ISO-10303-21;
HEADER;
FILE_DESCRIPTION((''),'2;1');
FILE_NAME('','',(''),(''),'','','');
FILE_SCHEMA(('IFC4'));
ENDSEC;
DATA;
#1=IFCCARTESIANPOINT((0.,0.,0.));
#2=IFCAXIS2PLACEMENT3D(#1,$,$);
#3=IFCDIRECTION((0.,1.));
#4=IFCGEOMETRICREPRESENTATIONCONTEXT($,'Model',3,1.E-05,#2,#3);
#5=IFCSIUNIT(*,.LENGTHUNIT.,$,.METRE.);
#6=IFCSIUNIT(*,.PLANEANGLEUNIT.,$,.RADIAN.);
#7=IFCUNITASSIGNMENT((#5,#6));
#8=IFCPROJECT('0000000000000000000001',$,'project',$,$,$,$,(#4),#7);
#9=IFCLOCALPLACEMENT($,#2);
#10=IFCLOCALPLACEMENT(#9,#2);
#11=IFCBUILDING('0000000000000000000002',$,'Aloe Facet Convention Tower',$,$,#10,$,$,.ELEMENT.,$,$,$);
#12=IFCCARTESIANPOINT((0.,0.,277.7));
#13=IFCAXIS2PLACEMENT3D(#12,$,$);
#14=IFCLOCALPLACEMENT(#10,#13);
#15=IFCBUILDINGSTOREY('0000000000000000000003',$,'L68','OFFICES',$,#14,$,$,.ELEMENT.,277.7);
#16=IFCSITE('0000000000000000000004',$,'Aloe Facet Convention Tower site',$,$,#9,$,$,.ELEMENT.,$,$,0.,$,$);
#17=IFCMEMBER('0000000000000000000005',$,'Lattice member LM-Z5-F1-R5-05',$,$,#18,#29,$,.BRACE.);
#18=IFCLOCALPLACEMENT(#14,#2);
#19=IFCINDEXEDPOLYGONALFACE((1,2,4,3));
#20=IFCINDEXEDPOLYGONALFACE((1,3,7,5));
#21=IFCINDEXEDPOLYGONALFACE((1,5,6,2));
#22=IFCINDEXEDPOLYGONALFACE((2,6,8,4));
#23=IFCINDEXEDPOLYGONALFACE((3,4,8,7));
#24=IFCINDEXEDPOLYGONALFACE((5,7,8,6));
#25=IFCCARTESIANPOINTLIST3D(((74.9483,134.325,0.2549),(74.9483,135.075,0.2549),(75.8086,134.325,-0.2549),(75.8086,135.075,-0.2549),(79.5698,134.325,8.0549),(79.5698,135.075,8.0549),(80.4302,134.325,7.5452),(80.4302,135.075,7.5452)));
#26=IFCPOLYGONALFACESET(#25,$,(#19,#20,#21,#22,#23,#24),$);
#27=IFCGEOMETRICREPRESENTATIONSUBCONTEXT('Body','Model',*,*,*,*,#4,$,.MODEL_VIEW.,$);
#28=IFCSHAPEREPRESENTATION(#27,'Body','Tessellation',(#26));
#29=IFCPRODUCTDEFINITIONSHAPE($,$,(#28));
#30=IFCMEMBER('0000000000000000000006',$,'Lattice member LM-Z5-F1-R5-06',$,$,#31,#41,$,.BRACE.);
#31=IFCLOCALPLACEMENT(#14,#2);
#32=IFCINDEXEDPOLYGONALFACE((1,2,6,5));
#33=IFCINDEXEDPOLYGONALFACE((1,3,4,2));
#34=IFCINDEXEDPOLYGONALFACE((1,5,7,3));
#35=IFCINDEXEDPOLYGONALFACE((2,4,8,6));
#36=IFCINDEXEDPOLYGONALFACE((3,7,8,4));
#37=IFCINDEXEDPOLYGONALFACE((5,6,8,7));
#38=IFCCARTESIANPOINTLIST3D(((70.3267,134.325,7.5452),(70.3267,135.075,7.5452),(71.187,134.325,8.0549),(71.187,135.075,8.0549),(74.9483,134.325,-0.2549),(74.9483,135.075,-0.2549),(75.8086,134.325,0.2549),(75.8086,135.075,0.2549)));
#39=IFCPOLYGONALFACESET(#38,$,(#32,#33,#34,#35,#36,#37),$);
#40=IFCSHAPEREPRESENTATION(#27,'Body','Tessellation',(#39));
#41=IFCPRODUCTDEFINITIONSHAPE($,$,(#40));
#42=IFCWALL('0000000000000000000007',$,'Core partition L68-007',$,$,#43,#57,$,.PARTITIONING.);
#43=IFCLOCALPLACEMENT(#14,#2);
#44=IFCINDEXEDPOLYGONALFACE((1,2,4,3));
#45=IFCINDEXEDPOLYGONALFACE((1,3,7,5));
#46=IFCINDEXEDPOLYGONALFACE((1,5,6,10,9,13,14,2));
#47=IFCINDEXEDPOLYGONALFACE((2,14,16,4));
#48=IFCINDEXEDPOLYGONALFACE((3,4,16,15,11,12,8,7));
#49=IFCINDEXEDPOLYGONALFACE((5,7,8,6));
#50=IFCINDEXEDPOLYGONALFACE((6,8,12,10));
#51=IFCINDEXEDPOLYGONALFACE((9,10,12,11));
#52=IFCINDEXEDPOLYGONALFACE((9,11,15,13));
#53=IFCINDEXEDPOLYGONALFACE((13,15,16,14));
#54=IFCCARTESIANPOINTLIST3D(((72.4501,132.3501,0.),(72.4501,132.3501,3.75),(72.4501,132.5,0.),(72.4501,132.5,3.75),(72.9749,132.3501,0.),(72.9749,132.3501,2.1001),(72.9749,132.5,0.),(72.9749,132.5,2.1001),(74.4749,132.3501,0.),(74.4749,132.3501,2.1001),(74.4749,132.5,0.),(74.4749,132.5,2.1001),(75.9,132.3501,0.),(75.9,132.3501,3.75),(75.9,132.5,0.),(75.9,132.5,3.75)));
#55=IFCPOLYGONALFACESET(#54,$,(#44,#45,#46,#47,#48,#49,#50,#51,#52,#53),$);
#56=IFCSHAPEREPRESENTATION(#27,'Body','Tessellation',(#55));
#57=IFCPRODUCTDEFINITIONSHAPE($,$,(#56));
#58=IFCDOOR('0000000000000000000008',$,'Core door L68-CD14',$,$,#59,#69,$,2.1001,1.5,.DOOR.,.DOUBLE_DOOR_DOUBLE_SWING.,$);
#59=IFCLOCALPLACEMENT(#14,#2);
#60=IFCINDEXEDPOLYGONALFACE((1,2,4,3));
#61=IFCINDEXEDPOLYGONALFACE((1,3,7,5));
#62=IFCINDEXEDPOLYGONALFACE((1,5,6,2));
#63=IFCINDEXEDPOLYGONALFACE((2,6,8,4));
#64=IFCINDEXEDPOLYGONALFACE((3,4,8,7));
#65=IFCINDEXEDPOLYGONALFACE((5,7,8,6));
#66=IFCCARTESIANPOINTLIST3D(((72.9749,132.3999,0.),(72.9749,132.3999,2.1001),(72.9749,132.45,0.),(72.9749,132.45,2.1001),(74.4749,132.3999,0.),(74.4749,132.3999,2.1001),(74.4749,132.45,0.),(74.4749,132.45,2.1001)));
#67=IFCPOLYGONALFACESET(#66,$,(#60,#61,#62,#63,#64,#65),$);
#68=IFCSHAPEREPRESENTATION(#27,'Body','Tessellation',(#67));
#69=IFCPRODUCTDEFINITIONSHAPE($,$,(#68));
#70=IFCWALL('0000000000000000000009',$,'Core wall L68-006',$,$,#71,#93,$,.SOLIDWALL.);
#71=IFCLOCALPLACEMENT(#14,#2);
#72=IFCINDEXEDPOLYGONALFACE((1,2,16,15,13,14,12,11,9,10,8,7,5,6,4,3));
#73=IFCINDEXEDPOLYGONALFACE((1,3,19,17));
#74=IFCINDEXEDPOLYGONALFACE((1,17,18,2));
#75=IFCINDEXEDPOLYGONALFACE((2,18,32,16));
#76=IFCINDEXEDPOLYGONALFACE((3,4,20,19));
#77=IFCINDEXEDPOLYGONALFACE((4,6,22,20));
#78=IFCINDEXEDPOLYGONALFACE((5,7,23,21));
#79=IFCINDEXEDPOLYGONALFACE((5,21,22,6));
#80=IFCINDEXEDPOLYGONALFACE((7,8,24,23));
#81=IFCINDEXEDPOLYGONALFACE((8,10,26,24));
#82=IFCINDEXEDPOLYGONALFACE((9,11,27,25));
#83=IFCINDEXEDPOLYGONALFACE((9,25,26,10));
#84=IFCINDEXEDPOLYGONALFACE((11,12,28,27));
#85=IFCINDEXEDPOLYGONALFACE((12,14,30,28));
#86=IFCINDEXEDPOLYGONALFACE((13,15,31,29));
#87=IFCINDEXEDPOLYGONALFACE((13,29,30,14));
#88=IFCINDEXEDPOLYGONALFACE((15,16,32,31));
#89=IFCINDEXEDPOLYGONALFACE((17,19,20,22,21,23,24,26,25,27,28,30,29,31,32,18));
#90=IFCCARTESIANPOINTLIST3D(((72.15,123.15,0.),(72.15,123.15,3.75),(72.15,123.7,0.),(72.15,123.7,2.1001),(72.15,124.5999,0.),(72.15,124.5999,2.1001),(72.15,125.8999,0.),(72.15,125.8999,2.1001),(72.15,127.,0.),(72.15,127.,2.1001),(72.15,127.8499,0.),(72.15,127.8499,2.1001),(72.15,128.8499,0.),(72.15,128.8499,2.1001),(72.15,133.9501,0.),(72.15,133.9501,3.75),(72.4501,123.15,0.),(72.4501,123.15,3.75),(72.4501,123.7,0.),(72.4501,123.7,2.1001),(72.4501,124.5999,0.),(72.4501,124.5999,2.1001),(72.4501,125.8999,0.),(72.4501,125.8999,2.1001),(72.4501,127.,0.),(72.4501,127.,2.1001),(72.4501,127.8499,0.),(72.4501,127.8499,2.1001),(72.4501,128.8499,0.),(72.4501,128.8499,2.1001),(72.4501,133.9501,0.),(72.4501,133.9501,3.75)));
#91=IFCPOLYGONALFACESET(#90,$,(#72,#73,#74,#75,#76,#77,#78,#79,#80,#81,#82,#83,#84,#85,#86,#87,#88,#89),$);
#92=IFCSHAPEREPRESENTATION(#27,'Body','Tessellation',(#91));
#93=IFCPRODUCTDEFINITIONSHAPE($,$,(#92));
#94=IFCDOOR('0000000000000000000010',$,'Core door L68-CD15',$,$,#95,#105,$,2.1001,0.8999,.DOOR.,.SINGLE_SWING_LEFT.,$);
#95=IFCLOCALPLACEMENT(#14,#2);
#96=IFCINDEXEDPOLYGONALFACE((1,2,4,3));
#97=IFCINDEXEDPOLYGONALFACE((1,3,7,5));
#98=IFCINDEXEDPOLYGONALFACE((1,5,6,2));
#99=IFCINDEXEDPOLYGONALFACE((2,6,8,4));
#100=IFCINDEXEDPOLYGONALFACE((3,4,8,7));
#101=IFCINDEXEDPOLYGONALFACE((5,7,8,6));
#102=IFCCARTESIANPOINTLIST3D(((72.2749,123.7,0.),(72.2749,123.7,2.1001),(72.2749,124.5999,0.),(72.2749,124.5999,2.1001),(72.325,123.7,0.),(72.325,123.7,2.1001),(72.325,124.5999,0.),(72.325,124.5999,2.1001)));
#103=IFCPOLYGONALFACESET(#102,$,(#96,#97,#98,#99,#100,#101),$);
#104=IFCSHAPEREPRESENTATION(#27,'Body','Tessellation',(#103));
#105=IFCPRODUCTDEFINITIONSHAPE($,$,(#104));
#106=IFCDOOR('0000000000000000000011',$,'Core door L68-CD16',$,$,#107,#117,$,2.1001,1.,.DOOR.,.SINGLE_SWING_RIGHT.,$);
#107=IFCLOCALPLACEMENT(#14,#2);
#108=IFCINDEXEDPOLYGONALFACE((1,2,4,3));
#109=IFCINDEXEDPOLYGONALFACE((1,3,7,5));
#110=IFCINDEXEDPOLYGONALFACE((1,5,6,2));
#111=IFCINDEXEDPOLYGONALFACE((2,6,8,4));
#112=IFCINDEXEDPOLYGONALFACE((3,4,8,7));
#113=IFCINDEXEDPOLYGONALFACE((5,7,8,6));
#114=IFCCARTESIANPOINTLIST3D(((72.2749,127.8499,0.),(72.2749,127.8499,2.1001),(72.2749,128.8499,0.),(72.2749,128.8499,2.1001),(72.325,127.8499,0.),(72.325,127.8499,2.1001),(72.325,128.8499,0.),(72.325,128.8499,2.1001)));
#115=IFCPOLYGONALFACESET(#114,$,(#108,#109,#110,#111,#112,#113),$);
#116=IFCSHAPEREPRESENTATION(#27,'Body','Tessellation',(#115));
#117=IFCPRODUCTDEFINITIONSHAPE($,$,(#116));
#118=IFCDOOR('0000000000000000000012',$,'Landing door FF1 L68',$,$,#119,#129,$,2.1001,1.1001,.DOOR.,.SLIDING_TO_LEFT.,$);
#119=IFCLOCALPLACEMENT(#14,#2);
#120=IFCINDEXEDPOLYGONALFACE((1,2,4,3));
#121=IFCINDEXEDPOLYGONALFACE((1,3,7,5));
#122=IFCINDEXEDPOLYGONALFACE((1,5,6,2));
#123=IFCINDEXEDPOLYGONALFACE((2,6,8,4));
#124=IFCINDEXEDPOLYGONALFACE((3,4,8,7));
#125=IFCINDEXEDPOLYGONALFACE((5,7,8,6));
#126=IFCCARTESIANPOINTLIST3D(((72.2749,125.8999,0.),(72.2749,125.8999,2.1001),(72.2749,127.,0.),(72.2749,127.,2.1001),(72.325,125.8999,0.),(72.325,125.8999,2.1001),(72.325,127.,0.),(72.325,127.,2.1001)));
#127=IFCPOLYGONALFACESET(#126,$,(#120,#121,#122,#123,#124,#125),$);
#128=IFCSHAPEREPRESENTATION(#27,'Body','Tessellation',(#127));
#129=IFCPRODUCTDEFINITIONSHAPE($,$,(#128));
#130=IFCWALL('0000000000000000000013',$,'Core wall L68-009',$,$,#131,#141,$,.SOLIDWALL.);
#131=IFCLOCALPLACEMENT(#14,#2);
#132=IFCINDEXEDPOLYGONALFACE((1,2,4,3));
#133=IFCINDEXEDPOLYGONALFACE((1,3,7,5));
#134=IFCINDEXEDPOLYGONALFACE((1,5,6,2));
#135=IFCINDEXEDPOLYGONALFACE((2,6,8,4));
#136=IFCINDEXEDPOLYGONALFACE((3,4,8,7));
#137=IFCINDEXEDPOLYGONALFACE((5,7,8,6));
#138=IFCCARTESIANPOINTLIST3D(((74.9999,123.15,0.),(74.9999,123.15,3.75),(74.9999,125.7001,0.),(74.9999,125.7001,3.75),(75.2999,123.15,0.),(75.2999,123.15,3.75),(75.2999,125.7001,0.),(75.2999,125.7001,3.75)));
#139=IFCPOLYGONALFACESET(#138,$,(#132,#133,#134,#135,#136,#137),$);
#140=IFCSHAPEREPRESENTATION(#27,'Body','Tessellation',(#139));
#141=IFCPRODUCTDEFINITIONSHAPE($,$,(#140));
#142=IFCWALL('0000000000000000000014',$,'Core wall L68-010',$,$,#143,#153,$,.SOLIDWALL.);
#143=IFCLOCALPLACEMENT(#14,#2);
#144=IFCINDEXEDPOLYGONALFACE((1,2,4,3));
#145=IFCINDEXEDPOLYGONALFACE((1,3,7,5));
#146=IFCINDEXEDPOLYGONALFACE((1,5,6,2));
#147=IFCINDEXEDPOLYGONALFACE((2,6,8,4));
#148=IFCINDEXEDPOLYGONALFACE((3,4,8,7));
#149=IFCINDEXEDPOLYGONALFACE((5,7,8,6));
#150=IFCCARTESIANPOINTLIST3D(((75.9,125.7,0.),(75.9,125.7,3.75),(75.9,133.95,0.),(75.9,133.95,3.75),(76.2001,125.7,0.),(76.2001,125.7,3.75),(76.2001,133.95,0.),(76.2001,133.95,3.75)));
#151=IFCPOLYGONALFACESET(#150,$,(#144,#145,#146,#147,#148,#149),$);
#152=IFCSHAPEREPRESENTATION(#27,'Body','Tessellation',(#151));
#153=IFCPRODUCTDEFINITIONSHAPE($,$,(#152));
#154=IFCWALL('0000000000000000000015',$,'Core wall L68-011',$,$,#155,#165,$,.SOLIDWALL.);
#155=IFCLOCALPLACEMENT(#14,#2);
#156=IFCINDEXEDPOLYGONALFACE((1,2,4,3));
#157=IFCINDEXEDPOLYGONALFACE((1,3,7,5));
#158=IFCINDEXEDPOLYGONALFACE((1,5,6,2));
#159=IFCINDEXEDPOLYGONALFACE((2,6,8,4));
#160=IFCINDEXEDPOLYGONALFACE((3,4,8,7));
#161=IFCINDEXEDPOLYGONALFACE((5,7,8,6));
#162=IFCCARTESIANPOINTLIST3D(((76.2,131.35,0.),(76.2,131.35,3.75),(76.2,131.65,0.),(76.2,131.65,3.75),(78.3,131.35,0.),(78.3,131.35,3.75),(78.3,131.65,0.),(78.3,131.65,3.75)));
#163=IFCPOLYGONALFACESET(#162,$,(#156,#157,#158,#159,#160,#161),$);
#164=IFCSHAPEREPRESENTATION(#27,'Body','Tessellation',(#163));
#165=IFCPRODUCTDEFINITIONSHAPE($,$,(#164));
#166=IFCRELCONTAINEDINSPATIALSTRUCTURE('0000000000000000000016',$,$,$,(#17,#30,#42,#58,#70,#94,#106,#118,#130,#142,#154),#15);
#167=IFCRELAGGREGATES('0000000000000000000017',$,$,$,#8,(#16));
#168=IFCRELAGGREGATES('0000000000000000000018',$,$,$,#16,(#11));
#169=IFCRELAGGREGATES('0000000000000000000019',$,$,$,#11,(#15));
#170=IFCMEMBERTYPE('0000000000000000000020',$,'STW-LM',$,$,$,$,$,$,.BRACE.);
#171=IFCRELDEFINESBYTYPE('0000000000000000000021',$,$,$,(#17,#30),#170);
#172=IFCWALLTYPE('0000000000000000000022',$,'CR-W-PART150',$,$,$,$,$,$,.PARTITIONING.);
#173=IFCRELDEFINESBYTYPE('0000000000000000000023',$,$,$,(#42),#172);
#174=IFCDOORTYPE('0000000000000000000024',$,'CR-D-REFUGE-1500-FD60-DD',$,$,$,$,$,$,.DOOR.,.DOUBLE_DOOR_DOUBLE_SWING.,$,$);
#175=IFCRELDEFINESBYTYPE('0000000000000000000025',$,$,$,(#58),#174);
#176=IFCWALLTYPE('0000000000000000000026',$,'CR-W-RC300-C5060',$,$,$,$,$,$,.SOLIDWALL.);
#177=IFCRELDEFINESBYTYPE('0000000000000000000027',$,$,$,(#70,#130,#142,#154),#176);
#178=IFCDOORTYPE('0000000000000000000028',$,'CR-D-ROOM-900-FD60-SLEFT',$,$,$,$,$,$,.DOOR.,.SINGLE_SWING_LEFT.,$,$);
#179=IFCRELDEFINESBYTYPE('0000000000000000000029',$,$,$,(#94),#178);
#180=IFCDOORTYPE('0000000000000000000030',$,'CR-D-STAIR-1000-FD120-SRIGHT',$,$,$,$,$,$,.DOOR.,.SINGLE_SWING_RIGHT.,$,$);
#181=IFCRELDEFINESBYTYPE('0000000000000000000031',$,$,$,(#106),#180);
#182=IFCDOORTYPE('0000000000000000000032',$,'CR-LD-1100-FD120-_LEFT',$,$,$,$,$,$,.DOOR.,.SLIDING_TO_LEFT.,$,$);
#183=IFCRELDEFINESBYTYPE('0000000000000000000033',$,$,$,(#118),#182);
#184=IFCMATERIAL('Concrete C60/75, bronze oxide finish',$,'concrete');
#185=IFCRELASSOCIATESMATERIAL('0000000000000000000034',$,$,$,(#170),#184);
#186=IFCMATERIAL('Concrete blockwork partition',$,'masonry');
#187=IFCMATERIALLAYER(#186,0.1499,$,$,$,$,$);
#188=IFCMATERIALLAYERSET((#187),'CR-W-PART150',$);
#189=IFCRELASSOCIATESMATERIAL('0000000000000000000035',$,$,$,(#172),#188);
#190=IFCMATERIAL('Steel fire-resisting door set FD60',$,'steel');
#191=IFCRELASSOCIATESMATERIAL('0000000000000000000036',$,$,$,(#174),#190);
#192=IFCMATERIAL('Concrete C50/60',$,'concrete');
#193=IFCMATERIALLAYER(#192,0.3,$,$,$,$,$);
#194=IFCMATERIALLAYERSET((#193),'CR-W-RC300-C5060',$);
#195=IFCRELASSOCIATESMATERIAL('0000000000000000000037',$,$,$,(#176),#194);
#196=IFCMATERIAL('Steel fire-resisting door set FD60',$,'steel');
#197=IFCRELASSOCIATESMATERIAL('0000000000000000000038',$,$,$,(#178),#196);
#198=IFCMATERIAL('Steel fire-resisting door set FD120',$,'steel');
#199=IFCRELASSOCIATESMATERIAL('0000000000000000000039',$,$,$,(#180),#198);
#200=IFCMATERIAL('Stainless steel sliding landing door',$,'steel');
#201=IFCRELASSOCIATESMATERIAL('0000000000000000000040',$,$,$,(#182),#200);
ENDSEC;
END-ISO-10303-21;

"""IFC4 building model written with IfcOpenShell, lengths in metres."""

from ifc_helpers import new_model, si_unit, direction, frame, frame_2d, origin, origin_2d, place, context, subcontext, project, spatial, rectangle, extrude, material, layer, layer_set, material_profile, profile_set, type_object, element, fill, save


model = new_model("IFC4")

# Units and contexts
model_context = context("Model", 3, precision=1e-05, world=origin(), true_north=direction((0.0, 1.0)))
body_context = subcontext(model_context, "Body", "Model", "MODEL_VIEW")
ifc_project = project(units=[si_unit("LENGTHUNIT", "METRE"), si_unit("PLANEANGLEUNIT", "RADIAN")], contexts=[model_context])

# Site, building, storey
site_placement = place(None, origin())
site = spatial("IfcSite", under=ifc_project, at=site_placement, Name="Aloe Facet Convention Tower site", CompositionType="ELEMENT", RefElevation=0.0)
building_placement = place(site_placement, origin())
building = spatial("IfcBuilding", under=site, at=building_placement, Name="Aloe Facet Convention Tower", CompositionType="ELEMENT")
storey_placement = place(building_placement, frame((0.0, 0.0, 277.7)))
storey = spatial("IfcBuildingStorey", under=building, at=storey_placement, Name="L68", Description="OFFICES", CompositionType="ELEMENT", Elevation=277.7)

# Members
ifc_material_1 = material(Name="Concrete C60/75, bronze oxide finish", Category="concrete")
ifc_material_profile = material_profile(ifc_material_1, rectangle(XDim=0.75, YDim=1.0, at=origin_2d()), Name="STW-LM")
ifc_profile_set = profile_set([ifc_material_profile], Name="Concrete C60/75, bronze oxide finish")
member_type = type_object("IfcMemberType", Name="STW-LM", PredefinedType="BRACE", material=ifc_profile_set)
for number, where, z_axis, x_axis, name in (
    (1, (75.3784, 134.7, 0.0), (0.509748, 0.0, 0.860324), (0.0, 1.0, 0.0), "Lattice member LM-Z5-F1-R5-05"),
    (2, (75.3784, 134.7, 0.0), (-0.509748, 0.0, 0.860324), (0.0, -1.0, 0.0), "Lattice member LM-Z5-F1-R5-06"),
):
    element("IfcMember", number, at=place(storey_placement, frame(where, z_axis=z_axis, x_axis=x_axis)), inside=storey, type_object=member_type, Name=name, PredefinedType="BRACE", context=body_context, shape_type="SweptSolid", body=[
        extrude(rectangle(XDim=0.75, YDim=1.0, at=origin_2d()), origin(), (0.0, 0.0, 1.0), 9.0664),
    ])

# Wall, opening, door
ifc_material_2 = material(Name="Concrete blockwork partition", Category="masonry")
ifc_layer_1 = layer(ifc_material_2, 0.1499)
ifc_layer_set_1 = layer_set([ifc_layer_1], Name="CR-W-PART150")
wall_type_1 = type_object("IfcWallType", Name="CR-W-PART150", PredefinedType="PARTITIONING", material=ifc_layer_set_1)
wall_1_placement = place(storey_placement, frame((72.45, 132.425, 0.0), z_axis=(0.0, 0.0, 1.0), x_axis=(1.0, 0.0, 0.0)))
wall_1 = element("IfcWall", 3, at=wall_1_placement, inside=storey, type_object=wall_type_1, Name="Core partition L68-007", PredefinedType="PARTITIONING", context=body_context, shape_type="SweptSolid", body=[
    extrude(rectangle(XDim=3.45, YDim=0.1499, at=frame_2d((1.7251, 0.0))), origin(), (0.0, 0.0, 1.0), 3.75),
])
opening_1_placement = place(wall_1_placement, frame((0.5249, 0.0, 0.0)))
opening_1 = element("IfcOpeningElement", 4, at=opening_1_placement, cuts=wall_1, PredefinedType="OPENING", context=body_context, shape_type="SweptSolid", body=[
    extrude(rectangle(XDim=1.5, YDim=2.1001, at=frame_2d((0.75, 1.05))), frame((0.0, 0.085, 0.0), z_axis=(0.0, -1.0, 0.0), x_axis=(1.0, 0.0, 0.0)), (0.0, 0.0, 1.0), 0.1699),
])
ifc_material_3 = material(Name="Steel fire-resisting door set FD60", Category="steel")
door_type_1 = type_object("IfcDoorType", Name="CR-D-REFUGE-1500-FD60-DD", OperationType="DOUBLE_DOOR_DOUBLE_SWING", PredefinedType="DOOR", material=ifc_material_3)
door_1_placement = place(opening_1_placement, origin())
door_1 = element("IfcDoor", 5, at=door_1_placement, inside=storey, type_object=door_type_1, Name="Core door L68-CD14", OperationType="DOUBLE_DOOR_DOUBLE_SWING", OverallHeight=2.1001, OverallWidth=1.5, PredefinedType="DOOR", context=body_context, shape_type="SweptSolid", body=[
    extrude(rectangle(XDim=1.5, YDim=2.1001, at=frame_2d((0.75, 1.05))), frame((0.0, 0.0249, 0.0), z_axis=(0.0, -1.0, 0.0), x_axis=(1.0, 0.0, 0.0)), (0.0, 0.0, 1.0), 0.05),
])
fill(opening_1, door_1)

# Wall, openings, doors
ifc_material_4 = material(Name="Concrete C50/60", Category="concrete")
ifc_layer_2 = layer(ifc_material_4, 0.3)
ifc_layer_set_2 = layer_set([ifc_layer_2], Name="CR-W-RC300-C5060")
wall_type_2 = type_object("IfcWallType", Name="CR-W-RC300-C5060", PredefinedType="SOLIDWALL", material=ifc_layer_set_2)
wall_2_placement = place(storey_placement, frame((72.3, 133.95, 0.0), z_axis=(0.0, 0.0, 1.0), x_axis=(0.0, -1.0, 0.0)))
wall_2 = element("IfcWall", 6, at=wall_2_placement, inside=storey, type_object=wall_type_2, Name="Core wall L68-006", PredefinedType="SOLIDWALL", context=body_context, shape_type="SweptSolid", body=[
    extrude(rectangle(XDim=10.8, YDim=0.3, at=frame_2d((5.3999, 0.0))), origin(), (0.0, 0.0, 1.0), 3.75),
])
opening_2_placement = place(wall_2_placement, frame((6.95, 0.0, 0.0)))
opening_2 = element("IfcOpeningElement", 7, at=opening_2_placement, cuts=wall_2, PredefinedType="OPENING", context=body_context, shape_type="SweptSolid", body=[
    extrude(rectangle(XDim=1.1001, YDim=2.1001, at=frame_2d((0.55, 1.05))), frame((0.0, 0.1602, 0.0), z_axis=(0.0, -1.0, 0.0), x_axis=(1.0, 0.0, 0.0)), (0.0, 0.0, 1.0), 0.3201),
])
opening_3_placement = place(wall_2_placement, frame((9.3501, 0.0, 0.0)))
opening_3 = element("IfcOpeningElement", 8, at=opening_3_placement, cuts=wall_2, PredefinedType="OPENING", context=body_context, shape_type="SweptSolid", body=[
    extrude(rectangle(XDim=0.8999, YDim=2.1001, at=frame_2d((0.45, 1.05))), frame((0.0, 0.1602, 0.0), z_axis=(0.0, -1.0, 0.0), x_axis=(1.0, 0.0, 0.0)), (0.0, 0.0, 1.0), 0.3201),
])
opening_4_placement = place(wall_2_placement, frame((5.1001, 0.0, 0.0)))
opening_4 = element("IfcOpeningElement", 9, at=opening_4_placement, cuts=wall_2, PredefinedType="OPENING", context=body_context, shape_type="SweptSolid", body=[
    extrude(rectangle(XDim=1.0, YDim=2.1001, at=frame_2d((0.5, 1.05))), frame((0.0, 0.1602, 0.0), z_axis=(0.0, -1.0, 0.0), x_axis=(1.0, 0.0, 0.0)), (0.0, 0.0, 1.0), 0.3201),
])
ifc_material_5 = material(Name="Steel fire-resisting door set FD60", Category="steel")
door_type_2 = type_object("IfcDoorType", Name="CR-D-ROOM-900-FD60-SLEFT", OperationType="SINGLE_SWING_LEFT", PredefinedType="DOOR", material=ifc_material_5)
door_2_placement = place(opening_3_placement, origin())
door_2 = element("IfcDoor", 10, at=door_2_placement, inside=storey, type_object=door_type_2, Name="Core door L68-CD15", OperationType="SINGLE_SWING_LEFT", OverallHeight=2.1001, OverallWidth=0.8999, PredefinedType="DOOR", context=body_context, shape_type="SweptSolid", body=[
    extrude(rectangle(XDim=0.8999, YDim=2.1001, at=frame_2d((0.45, 1.05))), frame((0.0, 0.0249, 0.0), z_axis=(0.0, -1.0, 0.0), x_axis=(1.0, 0.0, 0.0)), (0.0, 0.0, 1.0), 0.05),
])
fill(opening_3, door_2)
ifc_material_6 = material(Name="Steel fire-resisting door set FD120", Category="steel")
door_type_3 = type_object("IfcDoorType", Name="CR-D-STAIR-1000-FD120-SRIGHT", OperationType="SINGLE_SWING_RIGHT", PredefinedType="DOOR", material=ifc_material_6)
door_3_placement = place(opening_4_placement, origin())
door_3 = element("IfcDoor", 11, at=door_3_placement, inside=storey, type_object=door_type_3, Name="Core door L68-CD16", OperationType="SINGLE_SWING_RIGHT", OverallHeight=2.1001, OverallWidth=1.0, PredefinedType="DOOR", context=body_context, shape_type="SweptSolid", body=[
    extrude(rectangle(XDim=1.0, YDim=2.1001, at=frame_2d((0.5, 1.05))), frame((0.0, 0.0249, 0.0), z_axis=(0.0, -1.0, 0.0), x_axis=(1.0, 0.0, 0.0)), (0.0, 0.0, 1.0), 0.05),
])
fill(opening_4, door_3)
ifc_material_7 = material(Name="Stainless steel sliding landing door", Category="steel")
door_type_4 = type_object("IfcDoorType", Name="CR-LD-1100-FD120-_LEFT", OperationType="SLIDING_TO_LEFT", PredefinedType="DOOR", material=ifc_material_7)
door_4_placement = place(opening_2_placement, origin())
door_4 = element("IfcDoor", 12, at=door_4_placement, inside=storey, type_object=door_type_4, Name="Landing door FF1 L68", OperationType="SLIDING_TO_LEFT", OverallHeight=2.1001, OverallWidth=1.1001, PredefinedType="DOOR", context=body_context, shape_type="SweptSolid", body=[
    extrude(rectangle(XDim=1.1001, YDim=2.1001, at=frame_2d((0.55, 1.05))), frame((0.0, 0.0249, 0.0), z_axis=(0.0, -1.0, 0.0), x_axis=(1.0, 0.0, 0.0)), (0.0, 0.0, 1.0), 0.05),
])
fill(opening_2, door_4)

# Walls
wall_3_placement = place(storey_placement, frame((75.1499, 125.7, 0.0), z_axis=(0.0, 0.0, 1.0), x_axis=(0.0, -1.0, 0.0)))
element("IfcWall", 13, at=wall_3_placement, inside=storey, type_object=wall_type_2, Name="Core wall L68-009", PredefinedType="SOLIDWALL", context=body_context, shape_type="SweptSolid", body=[
    extrude(rectangle(XDim=2.55, YDim=0.3, at=frame_2d((1.2749, 0.0))), origin(), (0.0, 0.0, 1.0), 3.75),
])
wall_4_placement = place(storey_placement, frame((76.05, 133.95, 0.0), z_axis=(0.0, 0.0, 1.0), x_axis=(0.0, -1.0, 0.0)))
element("IfcWall", 14, at=wall_4_placement, inside=storey, type_object=wall_type_2, Name="Core wall L68-010", PredefinedType="SOLIDWALL", context=body_context, shape_type="SweptSolid", body=[
    extrude(rectangle(XDim=8.25, YDim=0.3, at=frame_2d((4.125, 0.0))), origin(), (0.0, 0.0, 1.0), 3.75),
])
for number, where, z_axis, x_axis, name in (
    (15, (76.2, 131.5, 0.0), (0.0, 0.0, 1.0), (1.0, 0.0, 0.0), "Core wall L68-011"),
):
    element("IfcWall", number, at=place(storey_placement, frame(where, z_axis=z_axis, x_axis=x_axis)), inside=storey, type_object=wall_type_2, Name=name, PredefinedType="SOLIDWALL", context=body_context, shape_type="SweptSolid", body=[
        extrude(rectangle(XDim=2.1001, YDim=0.3, at=frame_2d((1.05, 0.0))), origin(), (0.0, 0.0, 1.0), 3.75),
    ])

save(model, "model.ifc")
